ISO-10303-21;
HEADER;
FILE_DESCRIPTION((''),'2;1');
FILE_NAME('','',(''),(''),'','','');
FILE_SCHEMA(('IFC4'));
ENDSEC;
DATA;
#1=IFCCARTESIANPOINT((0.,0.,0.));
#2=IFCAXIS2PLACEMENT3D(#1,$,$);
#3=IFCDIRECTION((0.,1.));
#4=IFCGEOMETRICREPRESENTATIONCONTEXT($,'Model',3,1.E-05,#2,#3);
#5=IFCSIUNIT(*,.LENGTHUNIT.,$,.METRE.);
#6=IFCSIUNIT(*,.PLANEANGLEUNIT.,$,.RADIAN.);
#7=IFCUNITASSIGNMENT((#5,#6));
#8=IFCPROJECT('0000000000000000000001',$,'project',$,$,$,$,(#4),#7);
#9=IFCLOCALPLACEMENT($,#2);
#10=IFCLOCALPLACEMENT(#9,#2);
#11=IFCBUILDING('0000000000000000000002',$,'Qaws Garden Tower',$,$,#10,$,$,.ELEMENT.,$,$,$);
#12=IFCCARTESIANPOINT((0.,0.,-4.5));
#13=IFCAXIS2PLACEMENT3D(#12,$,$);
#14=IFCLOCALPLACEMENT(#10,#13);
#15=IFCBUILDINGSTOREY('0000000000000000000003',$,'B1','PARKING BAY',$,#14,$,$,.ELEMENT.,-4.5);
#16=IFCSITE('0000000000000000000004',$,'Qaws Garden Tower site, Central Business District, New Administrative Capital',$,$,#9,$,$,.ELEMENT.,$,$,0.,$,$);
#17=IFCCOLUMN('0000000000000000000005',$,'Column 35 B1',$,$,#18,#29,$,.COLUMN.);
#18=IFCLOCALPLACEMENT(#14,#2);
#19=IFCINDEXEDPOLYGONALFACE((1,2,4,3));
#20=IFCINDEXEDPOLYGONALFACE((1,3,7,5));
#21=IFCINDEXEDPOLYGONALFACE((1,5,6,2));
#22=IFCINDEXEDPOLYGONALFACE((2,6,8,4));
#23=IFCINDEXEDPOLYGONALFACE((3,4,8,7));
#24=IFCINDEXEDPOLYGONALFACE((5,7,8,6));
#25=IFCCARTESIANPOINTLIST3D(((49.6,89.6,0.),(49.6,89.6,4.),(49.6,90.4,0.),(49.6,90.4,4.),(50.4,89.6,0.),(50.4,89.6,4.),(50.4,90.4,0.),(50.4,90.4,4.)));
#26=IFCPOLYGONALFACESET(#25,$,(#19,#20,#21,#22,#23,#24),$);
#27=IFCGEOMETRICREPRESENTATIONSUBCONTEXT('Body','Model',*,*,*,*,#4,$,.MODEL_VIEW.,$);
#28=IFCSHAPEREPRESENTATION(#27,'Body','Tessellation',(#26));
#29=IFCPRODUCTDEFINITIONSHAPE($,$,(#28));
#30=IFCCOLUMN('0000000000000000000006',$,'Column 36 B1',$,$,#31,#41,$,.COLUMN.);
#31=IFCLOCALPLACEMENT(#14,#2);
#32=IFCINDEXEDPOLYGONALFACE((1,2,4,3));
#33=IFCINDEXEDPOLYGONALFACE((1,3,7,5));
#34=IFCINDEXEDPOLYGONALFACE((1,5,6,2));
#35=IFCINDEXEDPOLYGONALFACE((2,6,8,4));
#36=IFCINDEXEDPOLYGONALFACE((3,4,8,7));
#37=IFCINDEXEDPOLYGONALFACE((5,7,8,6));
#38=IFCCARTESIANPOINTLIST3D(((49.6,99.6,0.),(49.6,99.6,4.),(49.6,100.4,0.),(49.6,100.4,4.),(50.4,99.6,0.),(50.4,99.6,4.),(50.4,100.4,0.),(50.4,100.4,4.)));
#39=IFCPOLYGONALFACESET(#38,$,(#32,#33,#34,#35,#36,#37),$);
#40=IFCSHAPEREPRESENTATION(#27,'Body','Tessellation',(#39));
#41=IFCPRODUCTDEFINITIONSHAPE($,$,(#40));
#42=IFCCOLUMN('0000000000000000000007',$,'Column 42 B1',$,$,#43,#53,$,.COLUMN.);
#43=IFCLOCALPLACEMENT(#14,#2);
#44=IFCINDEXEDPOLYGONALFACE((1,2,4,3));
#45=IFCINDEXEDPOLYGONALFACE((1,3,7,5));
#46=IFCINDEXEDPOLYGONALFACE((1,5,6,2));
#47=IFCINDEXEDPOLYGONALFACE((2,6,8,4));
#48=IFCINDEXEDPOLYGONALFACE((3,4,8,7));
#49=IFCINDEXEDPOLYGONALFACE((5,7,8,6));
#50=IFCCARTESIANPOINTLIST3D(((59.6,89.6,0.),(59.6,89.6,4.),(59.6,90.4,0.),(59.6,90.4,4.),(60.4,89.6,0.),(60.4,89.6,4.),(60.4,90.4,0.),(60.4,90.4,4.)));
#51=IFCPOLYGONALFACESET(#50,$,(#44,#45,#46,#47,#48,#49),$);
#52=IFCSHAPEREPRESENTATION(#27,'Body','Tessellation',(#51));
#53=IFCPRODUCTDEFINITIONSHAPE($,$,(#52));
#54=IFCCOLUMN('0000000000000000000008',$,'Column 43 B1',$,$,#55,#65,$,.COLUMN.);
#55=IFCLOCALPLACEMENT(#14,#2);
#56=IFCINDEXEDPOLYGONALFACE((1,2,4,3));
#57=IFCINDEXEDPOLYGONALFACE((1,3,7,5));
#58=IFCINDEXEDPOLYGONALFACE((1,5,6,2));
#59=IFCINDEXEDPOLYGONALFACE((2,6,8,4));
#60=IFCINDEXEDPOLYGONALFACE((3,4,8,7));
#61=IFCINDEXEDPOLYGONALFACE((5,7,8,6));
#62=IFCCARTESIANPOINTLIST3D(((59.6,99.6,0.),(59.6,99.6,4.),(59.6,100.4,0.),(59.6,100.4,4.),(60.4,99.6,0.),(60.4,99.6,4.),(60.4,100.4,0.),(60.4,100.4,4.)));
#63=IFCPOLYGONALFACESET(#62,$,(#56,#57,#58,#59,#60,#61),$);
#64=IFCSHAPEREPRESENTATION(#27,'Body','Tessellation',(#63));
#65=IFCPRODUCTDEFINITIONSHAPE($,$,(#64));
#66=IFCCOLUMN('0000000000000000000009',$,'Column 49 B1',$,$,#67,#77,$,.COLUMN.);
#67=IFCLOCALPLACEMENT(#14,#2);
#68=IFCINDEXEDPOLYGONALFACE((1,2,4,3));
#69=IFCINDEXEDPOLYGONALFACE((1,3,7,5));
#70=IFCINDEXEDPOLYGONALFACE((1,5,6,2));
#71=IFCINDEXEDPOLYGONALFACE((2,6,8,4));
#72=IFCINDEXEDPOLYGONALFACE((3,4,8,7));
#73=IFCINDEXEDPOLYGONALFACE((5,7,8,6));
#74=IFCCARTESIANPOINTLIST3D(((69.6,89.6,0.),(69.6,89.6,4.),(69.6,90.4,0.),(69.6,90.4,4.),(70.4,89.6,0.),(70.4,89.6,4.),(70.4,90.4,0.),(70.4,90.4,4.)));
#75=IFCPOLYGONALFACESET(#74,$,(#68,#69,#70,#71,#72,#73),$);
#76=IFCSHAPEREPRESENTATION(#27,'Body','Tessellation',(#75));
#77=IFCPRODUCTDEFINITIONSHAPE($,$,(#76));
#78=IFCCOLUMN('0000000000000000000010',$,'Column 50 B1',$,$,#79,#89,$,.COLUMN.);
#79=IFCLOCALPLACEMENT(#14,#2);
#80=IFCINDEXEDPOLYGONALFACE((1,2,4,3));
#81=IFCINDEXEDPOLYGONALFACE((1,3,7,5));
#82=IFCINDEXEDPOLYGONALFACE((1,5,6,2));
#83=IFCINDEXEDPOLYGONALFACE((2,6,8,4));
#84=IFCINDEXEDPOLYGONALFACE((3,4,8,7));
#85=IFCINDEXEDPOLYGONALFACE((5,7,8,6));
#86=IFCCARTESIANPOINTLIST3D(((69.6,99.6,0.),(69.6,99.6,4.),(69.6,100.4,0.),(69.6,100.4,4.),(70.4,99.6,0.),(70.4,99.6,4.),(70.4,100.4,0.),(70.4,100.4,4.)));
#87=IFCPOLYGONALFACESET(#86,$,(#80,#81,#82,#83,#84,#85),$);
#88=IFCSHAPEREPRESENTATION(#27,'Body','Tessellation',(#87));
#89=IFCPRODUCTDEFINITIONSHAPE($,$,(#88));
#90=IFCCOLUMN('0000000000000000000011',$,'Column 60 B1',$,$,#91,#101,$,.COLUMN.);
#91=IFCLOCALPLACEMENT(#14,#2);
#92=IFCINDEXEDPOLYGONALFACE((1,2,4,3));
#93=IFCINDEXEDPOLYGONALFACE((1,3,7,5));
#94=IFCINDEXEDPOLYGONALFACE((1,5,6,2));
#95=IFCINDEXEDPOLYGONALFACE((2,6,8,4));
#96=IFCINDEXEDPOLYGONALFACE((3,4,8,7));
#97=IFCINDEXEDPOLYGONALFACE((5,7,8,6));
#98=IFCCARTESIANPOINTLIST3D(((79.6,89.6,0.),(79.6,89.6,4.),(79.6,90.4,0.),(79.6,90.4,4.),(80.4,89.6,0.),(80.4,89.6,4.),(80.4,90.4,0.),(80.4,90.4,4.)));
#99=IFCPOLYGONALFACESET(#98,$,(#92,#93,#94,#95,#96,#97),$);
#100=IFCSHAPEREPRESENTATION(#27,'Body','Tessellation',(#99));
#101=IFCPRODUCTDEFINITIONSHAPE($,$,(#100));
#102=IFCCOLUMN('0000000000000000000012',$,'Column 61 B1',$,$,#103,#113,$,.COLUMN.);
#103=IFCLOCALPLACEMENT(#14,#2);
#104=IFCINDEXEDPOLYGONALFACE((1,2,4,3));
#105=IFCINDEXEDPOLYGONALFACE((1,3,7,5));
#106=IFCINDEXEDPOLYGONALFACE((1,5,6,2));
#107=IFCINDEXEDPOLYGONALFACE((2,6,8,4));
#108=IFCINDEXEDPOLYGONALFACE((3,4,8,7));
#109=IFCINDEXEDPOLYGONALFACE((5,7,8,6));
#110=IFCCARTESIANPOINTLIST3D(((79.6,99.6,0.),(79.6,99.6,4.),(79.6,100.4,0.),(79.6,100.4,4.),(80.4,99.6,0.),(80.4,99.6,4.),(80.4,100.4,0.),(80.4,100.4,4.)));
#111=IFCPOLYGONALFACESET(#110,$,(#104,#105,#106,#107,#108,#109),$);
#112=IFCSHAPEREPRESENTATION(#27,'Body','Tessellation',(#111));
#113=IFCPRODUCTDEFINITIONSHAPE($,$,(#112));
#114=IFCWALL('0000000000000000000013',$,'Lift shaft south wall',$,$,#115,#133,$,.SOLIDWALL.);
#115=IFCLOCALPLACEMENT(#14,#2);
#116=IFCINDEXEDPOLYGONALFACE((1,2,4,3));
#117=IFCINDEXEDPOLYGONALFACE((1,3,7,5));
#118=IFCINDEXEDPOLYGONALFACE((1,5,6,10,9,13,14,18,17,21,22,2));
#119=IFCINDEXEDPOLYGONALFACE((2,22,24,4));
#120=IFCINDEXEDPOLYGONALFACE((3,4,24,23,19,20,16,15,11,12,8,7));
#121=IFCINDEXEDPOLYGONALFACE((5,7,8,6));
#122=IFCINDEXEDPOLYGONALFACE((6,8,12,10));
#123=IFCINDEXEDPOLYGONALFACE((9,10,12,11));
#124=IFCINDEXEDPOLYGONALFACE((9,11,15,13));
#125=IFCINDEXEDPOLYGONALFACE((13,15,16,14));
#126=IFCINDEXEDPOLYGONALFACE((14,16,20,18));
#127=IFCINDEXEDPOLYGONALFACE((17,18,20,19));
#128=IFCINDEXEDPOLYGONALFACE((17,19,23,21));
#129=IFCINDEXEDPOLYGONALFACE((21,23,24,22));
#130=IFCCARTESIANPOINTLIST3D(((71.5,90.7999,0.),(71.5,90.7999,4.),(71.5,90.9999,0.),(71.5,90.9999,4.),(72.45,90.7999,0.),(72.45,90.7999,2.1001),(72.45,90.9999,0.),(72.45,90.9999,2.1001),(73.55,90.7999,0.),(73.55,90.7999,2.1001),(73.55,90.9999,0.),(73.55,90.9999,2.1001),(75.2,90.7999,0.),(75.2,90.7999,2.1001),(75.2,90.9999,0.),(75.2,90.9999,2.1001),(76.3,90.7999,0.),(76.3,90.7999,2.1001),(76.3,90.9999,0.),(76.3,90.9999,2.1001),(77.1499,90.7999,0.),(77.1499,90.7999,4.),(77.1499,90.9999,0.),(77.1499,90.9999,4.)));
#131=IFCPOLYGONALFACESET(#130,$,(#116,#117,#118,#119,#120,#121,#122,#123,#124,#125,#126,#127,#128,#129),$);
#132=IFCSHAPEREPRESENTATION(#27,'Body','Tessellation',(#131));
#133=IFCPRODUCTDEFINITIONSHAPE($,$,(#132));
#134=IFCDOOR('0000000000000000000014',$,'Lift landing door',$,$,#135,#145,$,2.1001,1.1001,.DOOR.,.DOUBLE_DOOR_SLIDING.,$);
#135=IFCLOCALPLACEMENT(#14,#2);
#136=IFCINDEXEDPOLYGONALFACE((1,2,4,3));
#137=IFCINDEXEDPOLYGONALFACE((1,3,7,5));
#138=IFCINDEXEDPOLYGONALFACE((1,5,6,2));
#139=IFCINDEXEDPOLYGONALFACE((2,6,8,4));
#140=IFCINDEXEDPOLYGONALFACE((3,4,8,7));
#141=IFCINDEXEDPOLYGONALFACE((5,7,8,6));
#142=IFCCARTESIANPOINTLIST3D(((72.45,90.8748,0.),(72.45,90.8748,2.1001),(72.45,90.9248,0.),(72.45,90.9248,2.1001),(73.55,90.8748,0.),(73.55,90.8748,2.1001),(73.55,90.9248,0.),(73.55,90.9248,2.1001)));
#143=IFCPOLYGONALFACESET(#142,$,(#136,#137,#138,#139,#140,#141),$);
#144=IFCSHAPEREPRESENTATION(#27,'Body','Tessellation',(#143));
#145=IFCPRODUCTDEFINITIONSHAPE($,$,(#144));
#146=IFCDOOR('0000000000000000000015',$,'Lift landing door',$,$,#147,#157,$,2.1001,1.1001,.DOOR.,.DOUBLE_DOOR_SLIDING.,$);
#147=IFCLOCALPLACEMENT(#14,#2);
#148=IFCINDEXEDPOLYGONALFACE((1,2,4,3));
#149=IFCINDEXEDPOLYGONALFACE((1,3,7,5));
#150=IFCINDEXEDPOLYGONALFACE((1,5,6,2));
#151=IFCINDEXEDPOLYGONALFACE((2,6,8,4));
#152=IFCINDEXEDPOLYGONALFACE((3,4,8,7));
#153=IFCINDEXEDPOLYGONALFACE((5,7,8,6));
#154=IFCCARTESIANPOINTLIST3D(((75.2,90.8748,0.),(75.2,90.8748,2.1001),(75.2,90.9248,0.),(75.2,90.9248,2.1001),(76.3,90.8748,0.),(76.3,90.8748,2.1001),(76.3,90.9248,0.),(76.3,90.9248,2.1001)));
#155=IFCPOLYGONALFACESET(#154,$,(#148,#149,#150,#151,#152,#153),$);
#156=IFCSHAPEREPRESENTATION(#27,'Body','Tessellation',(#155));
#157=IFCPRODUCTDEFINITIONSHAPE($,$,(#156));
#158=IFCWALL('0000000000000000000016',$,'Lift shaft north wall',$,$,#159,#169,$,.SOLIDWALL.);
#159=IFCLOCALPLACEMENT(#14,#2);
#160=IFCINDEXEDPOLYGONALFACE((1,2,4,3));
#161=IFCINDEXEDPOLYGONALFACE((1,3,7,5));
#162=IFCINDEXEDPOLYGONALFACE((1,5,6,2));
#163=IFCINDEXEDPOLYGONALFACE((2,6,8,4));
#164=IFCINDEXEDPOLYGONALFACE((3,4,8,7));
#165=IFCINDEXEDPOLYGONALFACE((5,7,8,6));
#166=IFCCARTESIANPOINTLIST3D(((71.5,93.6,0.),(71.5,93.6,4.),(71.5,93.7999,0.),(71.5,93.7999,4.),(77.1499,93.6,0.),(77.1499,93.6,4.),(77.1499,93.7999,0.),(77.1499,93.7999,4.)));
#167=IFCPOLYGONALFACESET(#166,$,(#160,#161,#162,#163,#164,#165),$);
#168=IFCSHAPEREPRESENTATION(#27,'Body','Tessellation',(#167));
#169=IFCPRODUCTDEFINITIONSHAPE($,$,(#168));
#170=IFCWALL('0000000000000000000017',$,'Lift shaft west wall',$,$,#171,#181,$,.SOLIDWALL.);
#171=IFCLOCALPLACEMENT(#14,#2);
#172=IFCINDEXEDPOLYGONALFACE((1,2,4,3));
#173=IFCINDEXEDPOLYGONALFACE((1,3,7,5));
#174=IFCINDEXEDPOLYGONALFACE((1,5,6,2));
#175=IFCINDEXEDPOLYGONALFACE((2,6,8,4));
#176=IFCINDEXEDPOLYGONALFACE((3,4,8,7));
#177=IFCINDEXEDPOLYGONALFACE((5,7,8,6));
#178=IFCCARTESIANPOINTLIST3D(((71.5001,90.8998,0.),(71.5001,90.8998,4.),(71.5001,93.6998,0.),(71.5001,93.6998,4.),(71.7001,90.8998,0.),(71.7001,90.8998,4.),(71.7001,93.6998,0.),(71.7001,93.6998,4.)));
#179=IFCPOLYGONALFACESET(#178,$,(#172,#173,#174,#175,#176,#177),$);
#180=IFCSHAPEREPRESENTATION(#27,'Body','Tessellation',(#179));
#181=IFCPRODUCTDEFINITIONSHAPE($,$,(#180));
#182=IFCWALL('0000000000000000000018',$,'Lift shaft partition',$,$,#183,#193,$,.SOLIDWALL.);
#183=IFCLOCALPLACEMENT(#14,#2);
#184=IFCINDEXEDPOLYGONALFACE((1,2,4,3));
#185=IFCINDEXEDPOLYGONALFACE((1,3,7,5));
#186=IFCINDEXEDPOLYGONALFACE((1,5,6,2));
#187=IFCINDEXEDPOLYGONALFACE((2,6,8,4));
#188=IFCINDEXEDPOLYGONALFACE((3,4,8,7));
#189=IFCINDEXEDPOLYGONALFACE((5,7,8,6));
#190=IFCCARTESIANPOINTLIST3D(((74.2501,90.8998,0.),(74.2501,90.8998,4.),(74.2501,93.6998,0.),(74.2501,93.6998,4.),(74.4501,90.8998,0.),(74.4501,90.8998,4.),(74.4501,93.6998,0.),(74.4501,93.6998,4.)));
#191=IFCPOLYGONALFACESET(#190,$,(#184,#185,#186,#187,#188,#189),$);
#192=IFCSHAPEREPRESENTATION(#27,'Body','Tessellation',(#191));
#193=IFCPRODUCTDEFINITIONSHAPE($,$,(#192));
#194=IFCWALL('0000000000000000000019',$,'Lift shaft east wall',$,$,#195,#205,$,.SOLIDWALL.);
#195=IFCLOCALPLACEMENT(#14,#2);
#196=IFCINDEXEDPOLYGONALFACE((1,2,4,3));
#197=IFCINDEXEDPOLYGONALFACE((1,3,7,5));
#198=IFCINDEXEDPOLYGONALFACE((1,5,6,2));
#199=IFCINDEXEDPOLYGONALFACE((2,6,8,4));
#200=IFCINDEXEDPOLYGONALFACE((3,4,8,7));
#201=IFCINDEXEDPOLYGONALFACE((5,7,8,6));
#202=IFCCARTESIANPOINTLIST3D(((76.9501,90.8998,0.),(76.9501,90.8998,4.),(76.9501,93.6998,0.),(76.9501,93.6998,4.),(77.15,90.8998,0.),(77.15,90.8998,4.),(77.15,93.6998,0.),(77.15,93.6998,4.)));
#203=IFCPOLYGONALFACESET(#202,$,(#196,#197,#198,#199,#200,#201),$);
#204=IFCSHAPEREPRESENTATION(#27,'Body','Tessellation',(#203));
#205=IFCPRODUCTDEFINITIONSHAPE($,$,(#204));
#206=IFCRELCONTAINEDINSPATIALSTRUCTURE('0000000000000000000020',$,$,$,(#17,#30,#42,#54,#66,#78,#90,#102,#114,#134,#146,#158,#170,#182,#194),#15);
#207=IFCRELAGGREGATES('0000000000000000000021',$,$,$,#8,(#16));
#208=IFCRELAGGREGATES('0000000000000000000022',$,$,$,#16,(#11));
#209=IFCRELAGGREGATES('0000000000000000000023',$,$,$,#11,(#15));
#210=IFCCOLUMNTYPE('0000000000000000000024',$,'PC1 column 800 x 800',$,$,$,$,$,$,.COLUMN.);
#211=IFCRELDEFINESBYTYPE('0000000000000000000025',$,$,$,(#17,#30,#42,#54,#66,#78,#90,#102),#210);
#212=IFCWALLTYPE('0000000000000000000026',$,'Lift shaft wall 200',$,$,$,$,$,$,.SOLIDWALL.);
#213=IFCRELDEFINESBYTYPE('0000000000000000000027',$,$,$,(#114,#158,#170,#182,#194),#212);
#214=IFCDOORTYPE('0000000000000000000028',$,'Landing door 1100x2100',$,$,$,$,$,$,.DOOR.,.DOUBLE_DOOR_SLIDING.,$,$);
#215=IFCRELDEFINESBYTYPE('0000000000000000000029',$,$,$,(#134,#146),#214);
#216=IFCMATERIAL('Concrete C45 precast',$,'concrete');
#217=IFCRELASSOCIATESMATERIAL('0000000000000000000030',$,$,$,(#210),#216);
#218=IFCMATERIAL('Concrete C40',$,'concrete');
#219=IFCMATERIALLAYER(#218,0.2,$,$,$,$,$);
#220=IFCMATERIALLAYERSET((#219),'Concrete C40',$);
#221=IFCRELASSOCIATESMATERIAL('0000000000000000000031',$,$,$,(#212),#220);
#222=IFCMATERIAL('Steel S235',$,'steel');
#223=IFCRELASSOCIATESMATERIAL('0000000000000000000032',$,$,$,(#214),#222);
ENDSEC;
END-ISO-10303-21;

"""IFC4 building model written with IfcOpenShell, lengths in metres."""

from ifc_helpers import new_model, si_unit, direction, frame, frame_2d, origin, origin_2d, place, context, subcontext, project, spatial, rectangle, extrude, material, layer, layer_set, material_profile, profile_set, type_object, element, fill, save


model = new_model("IFC4")

# Units and contexts
model_context = context("Model", 3, precision=1e-05, world=origin(), true_north=direction((0.0, 1.0)))
body_context = subcontext(model_context, "Body", "Model", "MODEL_VIEW")
ifc_project = project(units=[si_unit("LENGTHUNIT", "METRE"), si_unit("PLANEANGLEUNIT", "RADIAN")], contexts=[model_context])

# Site, building, storey
site_placement = place(None, origin())
site = spatial("IfcSite", under=ifc_project, at=site_placement, Name="Qaws Garden Tower site, Central Business District, New Administrative Capital", CompositionType="ELEMENT", RefElevation=0.0)
building_placement = place(site_placement, origin())
building = spatial("IfcBuilding", under=site, at=building_placement, Name="Qaws Garden Tower", CompositionType="ELEMENT")
storey_placement = place(building_placement, frame((0.0, 0.0, -4.5)))
storey = spatial("IfcBuildingStorey", under=building, at=storey_placement, Name="B1", Description="PARKING BAY", CompositionType="ELEMENT", Elevation=-4.5)

# Columns
ifc_material_1 = material(Name="Concrete C45 precast", Category="concrete")
ifc_material_profile = material_profile(ifc_material_1, rectangle(XDim=0.8, YDim=0.8, at=origin_2d()), Name="PC1 column 800 x 800")
ifc_profile_set = profile_set([ifc_material_profile], Name="Concrete C45 precast")
column_type = type_object("IfcColumnType", Name="PC1 column 800 x 800", PredefinedType="COLUMN", material=ifc_profile_set)
for number, where, z_axis, x_axis, name in (
    (1, (50.0, 90.0, 0.0), (0.0, 0.0, 1.0), (1.0, 0.0, 0.0), "Column 35 B1"),
    (2, (50.0, 100.0, 0.0), (0.0, 0.0, 1.0), (1.0, 0.0, 0.0), "Column 36 B1"),
    (3, (60.0, 90.0, 0.0), (0.0, 0.0, 1.0), (1.0, 0.0, 0.0), "Column 42 B1"),
    (4, (60.0, 100.0, 0.0), (0.0, 0.0, 1.0), (1.0, 0.0, 0.0), "Column 43 B1"),
    (5, (70.0, 90.0, 0.0), (0.0, 0.0, 1.0), (1.0, 0.0, 0.0), "Column 49 B1"),
    (6, (70.0, 100.0, 0.0), (0.0, 0.0, 1.0), (1.0, 0.0, 0.0), "Column 50 B1"),
    (7, (80.0, 90.0, 0.0), (0.0, 0.0, 1.0), (1.0, 0.0, 0.0), "Column 60 B1"),
    (8, (80.0, 100.0, 0.0), (0.0, 0.0, 1.0), (1.0, 0.0, 0.0), "Column 61 B1"),
):
    element("IfcColumn", number, at=place(storey_placement, frame(where, z_axis=z_axis, x_axis=x_axis)), inside=storey, type_object=column_type, Name=name, PredefinedType="COLUMN", context=body_context, shape_type="SweptSolid", body=[
        extrude(rectangle(XDim=0.8, YDim=0.8, at=origin_2d()), origin(), (0.0, 0.0, 1.0), 4.0),
    ])

# Wall, openings, doors
ifc_material_2 = material(Name="Concrete C40", Category="concrete")
ifc_layer_1 = layer(ifc_material_2, 0.2)
ifc_layer_set_1 = layer_set([ifc_layer_1], Name="Concrete C40")
wall_type_1 = type_object("IfcWallType", Name="Lift shaft wall 200", PredefinedType="SOLIDWALL", material=ifc_layer_set_1)
wall_1_placement = place(storey_placement, frame((71.5, 90.8999, 0.0), z_axis=(0.0, 0.0, 1.0), x_axis=(1.0, 0.0, 0.0)))
wall_1 = element("IfcWall", 9, at=wall_1_placement, inside=storey, type_object=wall_type_1, Name="Lift shaft south wall", PredefinedType="SOLIDWALL", context=body_context, shape_type="SweptSolid", body=[
    extrude(rectangle(XDim=5.6499, YDim=0.2, at=frame_2d((2.825, 0.0))), origin(), (0.0, 0.0, 1.0), 4.0),
])
opening_1_placement = place(wall_1_placement, frame((0.95, 0.0, 0.0)))
opening_1 = element("IfcOpeningElement", 10, at=opening_1_placement, cuts=wall_1, PredefinedType="OPENING", context=body_context, shape_type="SweptSolid", body=[
    extrude(rectangle(XDim=1.1001, YDim=2.1001, at=frame_2d((0.55, 1.05))), frame((0.0, 0.1099, 0.0), z_axis=(0.0, -1.0, 0.0), x_axis=(1.0, 0.0, 0.0)), (0.0, 0.0, 1.0), 0.22),
])
opening_2_placement = place(wall_1_placement, frame((3.7, 0.0, 0.0)))
opening_2 = element("IfcOpeningElement", 11, at=opening_2_placement, cuts=wall_1, PredefinedType="OPENING", context=body_context, shape_type="SweptSolid", body=[
    extrude(rectangle(XDim=1.1001, YDim=2.1001, at=frame_2d((0.55, 1.05))), frame((0.0, 0.1099, 0.0), z_axis=(0.0, -1.0, 0.0), x_axis=(1.0, 0.0, 0.0)), (0.0, 0.0, 1.0), 0.22),
])
ifc_material_3 = material(Name="Steel S235", Category="steel")
door_type = type_object("IfcDoorType", Name="Landing door 1100x2100", OperationType="DOUBLE_DOOR_SLIDING", PredefinedType="DOOR", material=ifc_material_3)
door_1_placement = place(opening_1_placement, origin())
door_1 = element("IfcDoor", 12, at=door_1_placement, inside=storey, type_object=door_type, Name="Lift landing door", OperationType="DOUBLE_DOOR_SLIDING", OverallHeight=2.1001, OverallWidth=1.1001, PredefinedType="DOOR", context=body_context, shape_type="SweptSolid", body=[
    extrude(rectangle(XDim=1.1001, YDim=2.1001, at=frame_2d((0.55, 1.05))), frame((0.0, 0.0249, 0.0), z_axis=(0.0, -1.0, 0.0), x_axis=(1.0, 0.0, 0.0)), (0.0, 0.0, 1.0), 0.05),
])
fill(opening_1, door_1)
door_2_placement = place(opening_2_placement, origin())
door_2 = element("IfcDoor", 13, at=door_2_placement, inside=storey, type_object=door_type, Name="Lift landing door", OperationType="DOUBLE_DOOR_SLIDING", OverallHeight=2.1001, OverallWidth=1.1001, PredefinedType="DOOR", context=body_context, shape_type="SweptSolid", body=[
    extrude(rectangle(XDim=1.1001, YDim=2.1001, at=frame_2d((0.55, 1.05))), frame((0.0, 0.0249, 0.0), z_axis=(0.0, -1.0, 0.0), x_axis=(1.0, 0.0, 0.0)), (0.0, 0.0, 1.0), 0.05),
])
fill(opening_2, door_2)

# Walls
wall_2_placement = place(storey_placement, frame((71.5, 93.7, 0.0), z_axis=(0.0, 0.0, 1.0), x_axis=(1.0, 0.0, 0.0)))
element("IfcWall", 14, at=wall_2_placement, inside=storey, type_object=wall_type_1, Name="Lift shaft north wall", PredefinedType="SOLIDWALL", context=body_context, shape_type="SweptSolid", body=[
    extrude(rectangle(XDim=5.6499, YDim=0.2, at=frame_2d((2.825, 0.0))), origin(), (0.0, 0.0, 1.0), 4.0),
])
for number, where, z_axis, x_axis, name in (
    (15, (71.6001, 90.8999, 0.0), (0.0, 0.0, 1.0), (0.0, 1.0, 0.0), "Lift shaft west wall"),
    (16, (74.3501, 90.8999, 0.0), (0.0, 0.0, 1.0), (0.0, 1.0, 0.0), "Lift shaft partition"),
    (17, (77.05, 90.8999, 0.0), (0.0, 0.0, 1.0), (0.0, 1.0, 0.0), "Lift shaft east wall"),
):
    element("IfcWall", number, at=place(storey_placement, frame(where, z_axis=z_axis, x_axis=x_axis)), inside=storey, type_object=wall_type_1, Name=name, PredefinedType="SOLIDWALL", context=body_context, shape_type="SweptSolid", body=[
        extrude(rectangle(XDim=2.8, YDim=0.2, at=frame_2d((1.3999, 0.0))), origin(), (0.0, 0.0, 1.0), 4.0),
    ])

save(model, "model.ifc")
